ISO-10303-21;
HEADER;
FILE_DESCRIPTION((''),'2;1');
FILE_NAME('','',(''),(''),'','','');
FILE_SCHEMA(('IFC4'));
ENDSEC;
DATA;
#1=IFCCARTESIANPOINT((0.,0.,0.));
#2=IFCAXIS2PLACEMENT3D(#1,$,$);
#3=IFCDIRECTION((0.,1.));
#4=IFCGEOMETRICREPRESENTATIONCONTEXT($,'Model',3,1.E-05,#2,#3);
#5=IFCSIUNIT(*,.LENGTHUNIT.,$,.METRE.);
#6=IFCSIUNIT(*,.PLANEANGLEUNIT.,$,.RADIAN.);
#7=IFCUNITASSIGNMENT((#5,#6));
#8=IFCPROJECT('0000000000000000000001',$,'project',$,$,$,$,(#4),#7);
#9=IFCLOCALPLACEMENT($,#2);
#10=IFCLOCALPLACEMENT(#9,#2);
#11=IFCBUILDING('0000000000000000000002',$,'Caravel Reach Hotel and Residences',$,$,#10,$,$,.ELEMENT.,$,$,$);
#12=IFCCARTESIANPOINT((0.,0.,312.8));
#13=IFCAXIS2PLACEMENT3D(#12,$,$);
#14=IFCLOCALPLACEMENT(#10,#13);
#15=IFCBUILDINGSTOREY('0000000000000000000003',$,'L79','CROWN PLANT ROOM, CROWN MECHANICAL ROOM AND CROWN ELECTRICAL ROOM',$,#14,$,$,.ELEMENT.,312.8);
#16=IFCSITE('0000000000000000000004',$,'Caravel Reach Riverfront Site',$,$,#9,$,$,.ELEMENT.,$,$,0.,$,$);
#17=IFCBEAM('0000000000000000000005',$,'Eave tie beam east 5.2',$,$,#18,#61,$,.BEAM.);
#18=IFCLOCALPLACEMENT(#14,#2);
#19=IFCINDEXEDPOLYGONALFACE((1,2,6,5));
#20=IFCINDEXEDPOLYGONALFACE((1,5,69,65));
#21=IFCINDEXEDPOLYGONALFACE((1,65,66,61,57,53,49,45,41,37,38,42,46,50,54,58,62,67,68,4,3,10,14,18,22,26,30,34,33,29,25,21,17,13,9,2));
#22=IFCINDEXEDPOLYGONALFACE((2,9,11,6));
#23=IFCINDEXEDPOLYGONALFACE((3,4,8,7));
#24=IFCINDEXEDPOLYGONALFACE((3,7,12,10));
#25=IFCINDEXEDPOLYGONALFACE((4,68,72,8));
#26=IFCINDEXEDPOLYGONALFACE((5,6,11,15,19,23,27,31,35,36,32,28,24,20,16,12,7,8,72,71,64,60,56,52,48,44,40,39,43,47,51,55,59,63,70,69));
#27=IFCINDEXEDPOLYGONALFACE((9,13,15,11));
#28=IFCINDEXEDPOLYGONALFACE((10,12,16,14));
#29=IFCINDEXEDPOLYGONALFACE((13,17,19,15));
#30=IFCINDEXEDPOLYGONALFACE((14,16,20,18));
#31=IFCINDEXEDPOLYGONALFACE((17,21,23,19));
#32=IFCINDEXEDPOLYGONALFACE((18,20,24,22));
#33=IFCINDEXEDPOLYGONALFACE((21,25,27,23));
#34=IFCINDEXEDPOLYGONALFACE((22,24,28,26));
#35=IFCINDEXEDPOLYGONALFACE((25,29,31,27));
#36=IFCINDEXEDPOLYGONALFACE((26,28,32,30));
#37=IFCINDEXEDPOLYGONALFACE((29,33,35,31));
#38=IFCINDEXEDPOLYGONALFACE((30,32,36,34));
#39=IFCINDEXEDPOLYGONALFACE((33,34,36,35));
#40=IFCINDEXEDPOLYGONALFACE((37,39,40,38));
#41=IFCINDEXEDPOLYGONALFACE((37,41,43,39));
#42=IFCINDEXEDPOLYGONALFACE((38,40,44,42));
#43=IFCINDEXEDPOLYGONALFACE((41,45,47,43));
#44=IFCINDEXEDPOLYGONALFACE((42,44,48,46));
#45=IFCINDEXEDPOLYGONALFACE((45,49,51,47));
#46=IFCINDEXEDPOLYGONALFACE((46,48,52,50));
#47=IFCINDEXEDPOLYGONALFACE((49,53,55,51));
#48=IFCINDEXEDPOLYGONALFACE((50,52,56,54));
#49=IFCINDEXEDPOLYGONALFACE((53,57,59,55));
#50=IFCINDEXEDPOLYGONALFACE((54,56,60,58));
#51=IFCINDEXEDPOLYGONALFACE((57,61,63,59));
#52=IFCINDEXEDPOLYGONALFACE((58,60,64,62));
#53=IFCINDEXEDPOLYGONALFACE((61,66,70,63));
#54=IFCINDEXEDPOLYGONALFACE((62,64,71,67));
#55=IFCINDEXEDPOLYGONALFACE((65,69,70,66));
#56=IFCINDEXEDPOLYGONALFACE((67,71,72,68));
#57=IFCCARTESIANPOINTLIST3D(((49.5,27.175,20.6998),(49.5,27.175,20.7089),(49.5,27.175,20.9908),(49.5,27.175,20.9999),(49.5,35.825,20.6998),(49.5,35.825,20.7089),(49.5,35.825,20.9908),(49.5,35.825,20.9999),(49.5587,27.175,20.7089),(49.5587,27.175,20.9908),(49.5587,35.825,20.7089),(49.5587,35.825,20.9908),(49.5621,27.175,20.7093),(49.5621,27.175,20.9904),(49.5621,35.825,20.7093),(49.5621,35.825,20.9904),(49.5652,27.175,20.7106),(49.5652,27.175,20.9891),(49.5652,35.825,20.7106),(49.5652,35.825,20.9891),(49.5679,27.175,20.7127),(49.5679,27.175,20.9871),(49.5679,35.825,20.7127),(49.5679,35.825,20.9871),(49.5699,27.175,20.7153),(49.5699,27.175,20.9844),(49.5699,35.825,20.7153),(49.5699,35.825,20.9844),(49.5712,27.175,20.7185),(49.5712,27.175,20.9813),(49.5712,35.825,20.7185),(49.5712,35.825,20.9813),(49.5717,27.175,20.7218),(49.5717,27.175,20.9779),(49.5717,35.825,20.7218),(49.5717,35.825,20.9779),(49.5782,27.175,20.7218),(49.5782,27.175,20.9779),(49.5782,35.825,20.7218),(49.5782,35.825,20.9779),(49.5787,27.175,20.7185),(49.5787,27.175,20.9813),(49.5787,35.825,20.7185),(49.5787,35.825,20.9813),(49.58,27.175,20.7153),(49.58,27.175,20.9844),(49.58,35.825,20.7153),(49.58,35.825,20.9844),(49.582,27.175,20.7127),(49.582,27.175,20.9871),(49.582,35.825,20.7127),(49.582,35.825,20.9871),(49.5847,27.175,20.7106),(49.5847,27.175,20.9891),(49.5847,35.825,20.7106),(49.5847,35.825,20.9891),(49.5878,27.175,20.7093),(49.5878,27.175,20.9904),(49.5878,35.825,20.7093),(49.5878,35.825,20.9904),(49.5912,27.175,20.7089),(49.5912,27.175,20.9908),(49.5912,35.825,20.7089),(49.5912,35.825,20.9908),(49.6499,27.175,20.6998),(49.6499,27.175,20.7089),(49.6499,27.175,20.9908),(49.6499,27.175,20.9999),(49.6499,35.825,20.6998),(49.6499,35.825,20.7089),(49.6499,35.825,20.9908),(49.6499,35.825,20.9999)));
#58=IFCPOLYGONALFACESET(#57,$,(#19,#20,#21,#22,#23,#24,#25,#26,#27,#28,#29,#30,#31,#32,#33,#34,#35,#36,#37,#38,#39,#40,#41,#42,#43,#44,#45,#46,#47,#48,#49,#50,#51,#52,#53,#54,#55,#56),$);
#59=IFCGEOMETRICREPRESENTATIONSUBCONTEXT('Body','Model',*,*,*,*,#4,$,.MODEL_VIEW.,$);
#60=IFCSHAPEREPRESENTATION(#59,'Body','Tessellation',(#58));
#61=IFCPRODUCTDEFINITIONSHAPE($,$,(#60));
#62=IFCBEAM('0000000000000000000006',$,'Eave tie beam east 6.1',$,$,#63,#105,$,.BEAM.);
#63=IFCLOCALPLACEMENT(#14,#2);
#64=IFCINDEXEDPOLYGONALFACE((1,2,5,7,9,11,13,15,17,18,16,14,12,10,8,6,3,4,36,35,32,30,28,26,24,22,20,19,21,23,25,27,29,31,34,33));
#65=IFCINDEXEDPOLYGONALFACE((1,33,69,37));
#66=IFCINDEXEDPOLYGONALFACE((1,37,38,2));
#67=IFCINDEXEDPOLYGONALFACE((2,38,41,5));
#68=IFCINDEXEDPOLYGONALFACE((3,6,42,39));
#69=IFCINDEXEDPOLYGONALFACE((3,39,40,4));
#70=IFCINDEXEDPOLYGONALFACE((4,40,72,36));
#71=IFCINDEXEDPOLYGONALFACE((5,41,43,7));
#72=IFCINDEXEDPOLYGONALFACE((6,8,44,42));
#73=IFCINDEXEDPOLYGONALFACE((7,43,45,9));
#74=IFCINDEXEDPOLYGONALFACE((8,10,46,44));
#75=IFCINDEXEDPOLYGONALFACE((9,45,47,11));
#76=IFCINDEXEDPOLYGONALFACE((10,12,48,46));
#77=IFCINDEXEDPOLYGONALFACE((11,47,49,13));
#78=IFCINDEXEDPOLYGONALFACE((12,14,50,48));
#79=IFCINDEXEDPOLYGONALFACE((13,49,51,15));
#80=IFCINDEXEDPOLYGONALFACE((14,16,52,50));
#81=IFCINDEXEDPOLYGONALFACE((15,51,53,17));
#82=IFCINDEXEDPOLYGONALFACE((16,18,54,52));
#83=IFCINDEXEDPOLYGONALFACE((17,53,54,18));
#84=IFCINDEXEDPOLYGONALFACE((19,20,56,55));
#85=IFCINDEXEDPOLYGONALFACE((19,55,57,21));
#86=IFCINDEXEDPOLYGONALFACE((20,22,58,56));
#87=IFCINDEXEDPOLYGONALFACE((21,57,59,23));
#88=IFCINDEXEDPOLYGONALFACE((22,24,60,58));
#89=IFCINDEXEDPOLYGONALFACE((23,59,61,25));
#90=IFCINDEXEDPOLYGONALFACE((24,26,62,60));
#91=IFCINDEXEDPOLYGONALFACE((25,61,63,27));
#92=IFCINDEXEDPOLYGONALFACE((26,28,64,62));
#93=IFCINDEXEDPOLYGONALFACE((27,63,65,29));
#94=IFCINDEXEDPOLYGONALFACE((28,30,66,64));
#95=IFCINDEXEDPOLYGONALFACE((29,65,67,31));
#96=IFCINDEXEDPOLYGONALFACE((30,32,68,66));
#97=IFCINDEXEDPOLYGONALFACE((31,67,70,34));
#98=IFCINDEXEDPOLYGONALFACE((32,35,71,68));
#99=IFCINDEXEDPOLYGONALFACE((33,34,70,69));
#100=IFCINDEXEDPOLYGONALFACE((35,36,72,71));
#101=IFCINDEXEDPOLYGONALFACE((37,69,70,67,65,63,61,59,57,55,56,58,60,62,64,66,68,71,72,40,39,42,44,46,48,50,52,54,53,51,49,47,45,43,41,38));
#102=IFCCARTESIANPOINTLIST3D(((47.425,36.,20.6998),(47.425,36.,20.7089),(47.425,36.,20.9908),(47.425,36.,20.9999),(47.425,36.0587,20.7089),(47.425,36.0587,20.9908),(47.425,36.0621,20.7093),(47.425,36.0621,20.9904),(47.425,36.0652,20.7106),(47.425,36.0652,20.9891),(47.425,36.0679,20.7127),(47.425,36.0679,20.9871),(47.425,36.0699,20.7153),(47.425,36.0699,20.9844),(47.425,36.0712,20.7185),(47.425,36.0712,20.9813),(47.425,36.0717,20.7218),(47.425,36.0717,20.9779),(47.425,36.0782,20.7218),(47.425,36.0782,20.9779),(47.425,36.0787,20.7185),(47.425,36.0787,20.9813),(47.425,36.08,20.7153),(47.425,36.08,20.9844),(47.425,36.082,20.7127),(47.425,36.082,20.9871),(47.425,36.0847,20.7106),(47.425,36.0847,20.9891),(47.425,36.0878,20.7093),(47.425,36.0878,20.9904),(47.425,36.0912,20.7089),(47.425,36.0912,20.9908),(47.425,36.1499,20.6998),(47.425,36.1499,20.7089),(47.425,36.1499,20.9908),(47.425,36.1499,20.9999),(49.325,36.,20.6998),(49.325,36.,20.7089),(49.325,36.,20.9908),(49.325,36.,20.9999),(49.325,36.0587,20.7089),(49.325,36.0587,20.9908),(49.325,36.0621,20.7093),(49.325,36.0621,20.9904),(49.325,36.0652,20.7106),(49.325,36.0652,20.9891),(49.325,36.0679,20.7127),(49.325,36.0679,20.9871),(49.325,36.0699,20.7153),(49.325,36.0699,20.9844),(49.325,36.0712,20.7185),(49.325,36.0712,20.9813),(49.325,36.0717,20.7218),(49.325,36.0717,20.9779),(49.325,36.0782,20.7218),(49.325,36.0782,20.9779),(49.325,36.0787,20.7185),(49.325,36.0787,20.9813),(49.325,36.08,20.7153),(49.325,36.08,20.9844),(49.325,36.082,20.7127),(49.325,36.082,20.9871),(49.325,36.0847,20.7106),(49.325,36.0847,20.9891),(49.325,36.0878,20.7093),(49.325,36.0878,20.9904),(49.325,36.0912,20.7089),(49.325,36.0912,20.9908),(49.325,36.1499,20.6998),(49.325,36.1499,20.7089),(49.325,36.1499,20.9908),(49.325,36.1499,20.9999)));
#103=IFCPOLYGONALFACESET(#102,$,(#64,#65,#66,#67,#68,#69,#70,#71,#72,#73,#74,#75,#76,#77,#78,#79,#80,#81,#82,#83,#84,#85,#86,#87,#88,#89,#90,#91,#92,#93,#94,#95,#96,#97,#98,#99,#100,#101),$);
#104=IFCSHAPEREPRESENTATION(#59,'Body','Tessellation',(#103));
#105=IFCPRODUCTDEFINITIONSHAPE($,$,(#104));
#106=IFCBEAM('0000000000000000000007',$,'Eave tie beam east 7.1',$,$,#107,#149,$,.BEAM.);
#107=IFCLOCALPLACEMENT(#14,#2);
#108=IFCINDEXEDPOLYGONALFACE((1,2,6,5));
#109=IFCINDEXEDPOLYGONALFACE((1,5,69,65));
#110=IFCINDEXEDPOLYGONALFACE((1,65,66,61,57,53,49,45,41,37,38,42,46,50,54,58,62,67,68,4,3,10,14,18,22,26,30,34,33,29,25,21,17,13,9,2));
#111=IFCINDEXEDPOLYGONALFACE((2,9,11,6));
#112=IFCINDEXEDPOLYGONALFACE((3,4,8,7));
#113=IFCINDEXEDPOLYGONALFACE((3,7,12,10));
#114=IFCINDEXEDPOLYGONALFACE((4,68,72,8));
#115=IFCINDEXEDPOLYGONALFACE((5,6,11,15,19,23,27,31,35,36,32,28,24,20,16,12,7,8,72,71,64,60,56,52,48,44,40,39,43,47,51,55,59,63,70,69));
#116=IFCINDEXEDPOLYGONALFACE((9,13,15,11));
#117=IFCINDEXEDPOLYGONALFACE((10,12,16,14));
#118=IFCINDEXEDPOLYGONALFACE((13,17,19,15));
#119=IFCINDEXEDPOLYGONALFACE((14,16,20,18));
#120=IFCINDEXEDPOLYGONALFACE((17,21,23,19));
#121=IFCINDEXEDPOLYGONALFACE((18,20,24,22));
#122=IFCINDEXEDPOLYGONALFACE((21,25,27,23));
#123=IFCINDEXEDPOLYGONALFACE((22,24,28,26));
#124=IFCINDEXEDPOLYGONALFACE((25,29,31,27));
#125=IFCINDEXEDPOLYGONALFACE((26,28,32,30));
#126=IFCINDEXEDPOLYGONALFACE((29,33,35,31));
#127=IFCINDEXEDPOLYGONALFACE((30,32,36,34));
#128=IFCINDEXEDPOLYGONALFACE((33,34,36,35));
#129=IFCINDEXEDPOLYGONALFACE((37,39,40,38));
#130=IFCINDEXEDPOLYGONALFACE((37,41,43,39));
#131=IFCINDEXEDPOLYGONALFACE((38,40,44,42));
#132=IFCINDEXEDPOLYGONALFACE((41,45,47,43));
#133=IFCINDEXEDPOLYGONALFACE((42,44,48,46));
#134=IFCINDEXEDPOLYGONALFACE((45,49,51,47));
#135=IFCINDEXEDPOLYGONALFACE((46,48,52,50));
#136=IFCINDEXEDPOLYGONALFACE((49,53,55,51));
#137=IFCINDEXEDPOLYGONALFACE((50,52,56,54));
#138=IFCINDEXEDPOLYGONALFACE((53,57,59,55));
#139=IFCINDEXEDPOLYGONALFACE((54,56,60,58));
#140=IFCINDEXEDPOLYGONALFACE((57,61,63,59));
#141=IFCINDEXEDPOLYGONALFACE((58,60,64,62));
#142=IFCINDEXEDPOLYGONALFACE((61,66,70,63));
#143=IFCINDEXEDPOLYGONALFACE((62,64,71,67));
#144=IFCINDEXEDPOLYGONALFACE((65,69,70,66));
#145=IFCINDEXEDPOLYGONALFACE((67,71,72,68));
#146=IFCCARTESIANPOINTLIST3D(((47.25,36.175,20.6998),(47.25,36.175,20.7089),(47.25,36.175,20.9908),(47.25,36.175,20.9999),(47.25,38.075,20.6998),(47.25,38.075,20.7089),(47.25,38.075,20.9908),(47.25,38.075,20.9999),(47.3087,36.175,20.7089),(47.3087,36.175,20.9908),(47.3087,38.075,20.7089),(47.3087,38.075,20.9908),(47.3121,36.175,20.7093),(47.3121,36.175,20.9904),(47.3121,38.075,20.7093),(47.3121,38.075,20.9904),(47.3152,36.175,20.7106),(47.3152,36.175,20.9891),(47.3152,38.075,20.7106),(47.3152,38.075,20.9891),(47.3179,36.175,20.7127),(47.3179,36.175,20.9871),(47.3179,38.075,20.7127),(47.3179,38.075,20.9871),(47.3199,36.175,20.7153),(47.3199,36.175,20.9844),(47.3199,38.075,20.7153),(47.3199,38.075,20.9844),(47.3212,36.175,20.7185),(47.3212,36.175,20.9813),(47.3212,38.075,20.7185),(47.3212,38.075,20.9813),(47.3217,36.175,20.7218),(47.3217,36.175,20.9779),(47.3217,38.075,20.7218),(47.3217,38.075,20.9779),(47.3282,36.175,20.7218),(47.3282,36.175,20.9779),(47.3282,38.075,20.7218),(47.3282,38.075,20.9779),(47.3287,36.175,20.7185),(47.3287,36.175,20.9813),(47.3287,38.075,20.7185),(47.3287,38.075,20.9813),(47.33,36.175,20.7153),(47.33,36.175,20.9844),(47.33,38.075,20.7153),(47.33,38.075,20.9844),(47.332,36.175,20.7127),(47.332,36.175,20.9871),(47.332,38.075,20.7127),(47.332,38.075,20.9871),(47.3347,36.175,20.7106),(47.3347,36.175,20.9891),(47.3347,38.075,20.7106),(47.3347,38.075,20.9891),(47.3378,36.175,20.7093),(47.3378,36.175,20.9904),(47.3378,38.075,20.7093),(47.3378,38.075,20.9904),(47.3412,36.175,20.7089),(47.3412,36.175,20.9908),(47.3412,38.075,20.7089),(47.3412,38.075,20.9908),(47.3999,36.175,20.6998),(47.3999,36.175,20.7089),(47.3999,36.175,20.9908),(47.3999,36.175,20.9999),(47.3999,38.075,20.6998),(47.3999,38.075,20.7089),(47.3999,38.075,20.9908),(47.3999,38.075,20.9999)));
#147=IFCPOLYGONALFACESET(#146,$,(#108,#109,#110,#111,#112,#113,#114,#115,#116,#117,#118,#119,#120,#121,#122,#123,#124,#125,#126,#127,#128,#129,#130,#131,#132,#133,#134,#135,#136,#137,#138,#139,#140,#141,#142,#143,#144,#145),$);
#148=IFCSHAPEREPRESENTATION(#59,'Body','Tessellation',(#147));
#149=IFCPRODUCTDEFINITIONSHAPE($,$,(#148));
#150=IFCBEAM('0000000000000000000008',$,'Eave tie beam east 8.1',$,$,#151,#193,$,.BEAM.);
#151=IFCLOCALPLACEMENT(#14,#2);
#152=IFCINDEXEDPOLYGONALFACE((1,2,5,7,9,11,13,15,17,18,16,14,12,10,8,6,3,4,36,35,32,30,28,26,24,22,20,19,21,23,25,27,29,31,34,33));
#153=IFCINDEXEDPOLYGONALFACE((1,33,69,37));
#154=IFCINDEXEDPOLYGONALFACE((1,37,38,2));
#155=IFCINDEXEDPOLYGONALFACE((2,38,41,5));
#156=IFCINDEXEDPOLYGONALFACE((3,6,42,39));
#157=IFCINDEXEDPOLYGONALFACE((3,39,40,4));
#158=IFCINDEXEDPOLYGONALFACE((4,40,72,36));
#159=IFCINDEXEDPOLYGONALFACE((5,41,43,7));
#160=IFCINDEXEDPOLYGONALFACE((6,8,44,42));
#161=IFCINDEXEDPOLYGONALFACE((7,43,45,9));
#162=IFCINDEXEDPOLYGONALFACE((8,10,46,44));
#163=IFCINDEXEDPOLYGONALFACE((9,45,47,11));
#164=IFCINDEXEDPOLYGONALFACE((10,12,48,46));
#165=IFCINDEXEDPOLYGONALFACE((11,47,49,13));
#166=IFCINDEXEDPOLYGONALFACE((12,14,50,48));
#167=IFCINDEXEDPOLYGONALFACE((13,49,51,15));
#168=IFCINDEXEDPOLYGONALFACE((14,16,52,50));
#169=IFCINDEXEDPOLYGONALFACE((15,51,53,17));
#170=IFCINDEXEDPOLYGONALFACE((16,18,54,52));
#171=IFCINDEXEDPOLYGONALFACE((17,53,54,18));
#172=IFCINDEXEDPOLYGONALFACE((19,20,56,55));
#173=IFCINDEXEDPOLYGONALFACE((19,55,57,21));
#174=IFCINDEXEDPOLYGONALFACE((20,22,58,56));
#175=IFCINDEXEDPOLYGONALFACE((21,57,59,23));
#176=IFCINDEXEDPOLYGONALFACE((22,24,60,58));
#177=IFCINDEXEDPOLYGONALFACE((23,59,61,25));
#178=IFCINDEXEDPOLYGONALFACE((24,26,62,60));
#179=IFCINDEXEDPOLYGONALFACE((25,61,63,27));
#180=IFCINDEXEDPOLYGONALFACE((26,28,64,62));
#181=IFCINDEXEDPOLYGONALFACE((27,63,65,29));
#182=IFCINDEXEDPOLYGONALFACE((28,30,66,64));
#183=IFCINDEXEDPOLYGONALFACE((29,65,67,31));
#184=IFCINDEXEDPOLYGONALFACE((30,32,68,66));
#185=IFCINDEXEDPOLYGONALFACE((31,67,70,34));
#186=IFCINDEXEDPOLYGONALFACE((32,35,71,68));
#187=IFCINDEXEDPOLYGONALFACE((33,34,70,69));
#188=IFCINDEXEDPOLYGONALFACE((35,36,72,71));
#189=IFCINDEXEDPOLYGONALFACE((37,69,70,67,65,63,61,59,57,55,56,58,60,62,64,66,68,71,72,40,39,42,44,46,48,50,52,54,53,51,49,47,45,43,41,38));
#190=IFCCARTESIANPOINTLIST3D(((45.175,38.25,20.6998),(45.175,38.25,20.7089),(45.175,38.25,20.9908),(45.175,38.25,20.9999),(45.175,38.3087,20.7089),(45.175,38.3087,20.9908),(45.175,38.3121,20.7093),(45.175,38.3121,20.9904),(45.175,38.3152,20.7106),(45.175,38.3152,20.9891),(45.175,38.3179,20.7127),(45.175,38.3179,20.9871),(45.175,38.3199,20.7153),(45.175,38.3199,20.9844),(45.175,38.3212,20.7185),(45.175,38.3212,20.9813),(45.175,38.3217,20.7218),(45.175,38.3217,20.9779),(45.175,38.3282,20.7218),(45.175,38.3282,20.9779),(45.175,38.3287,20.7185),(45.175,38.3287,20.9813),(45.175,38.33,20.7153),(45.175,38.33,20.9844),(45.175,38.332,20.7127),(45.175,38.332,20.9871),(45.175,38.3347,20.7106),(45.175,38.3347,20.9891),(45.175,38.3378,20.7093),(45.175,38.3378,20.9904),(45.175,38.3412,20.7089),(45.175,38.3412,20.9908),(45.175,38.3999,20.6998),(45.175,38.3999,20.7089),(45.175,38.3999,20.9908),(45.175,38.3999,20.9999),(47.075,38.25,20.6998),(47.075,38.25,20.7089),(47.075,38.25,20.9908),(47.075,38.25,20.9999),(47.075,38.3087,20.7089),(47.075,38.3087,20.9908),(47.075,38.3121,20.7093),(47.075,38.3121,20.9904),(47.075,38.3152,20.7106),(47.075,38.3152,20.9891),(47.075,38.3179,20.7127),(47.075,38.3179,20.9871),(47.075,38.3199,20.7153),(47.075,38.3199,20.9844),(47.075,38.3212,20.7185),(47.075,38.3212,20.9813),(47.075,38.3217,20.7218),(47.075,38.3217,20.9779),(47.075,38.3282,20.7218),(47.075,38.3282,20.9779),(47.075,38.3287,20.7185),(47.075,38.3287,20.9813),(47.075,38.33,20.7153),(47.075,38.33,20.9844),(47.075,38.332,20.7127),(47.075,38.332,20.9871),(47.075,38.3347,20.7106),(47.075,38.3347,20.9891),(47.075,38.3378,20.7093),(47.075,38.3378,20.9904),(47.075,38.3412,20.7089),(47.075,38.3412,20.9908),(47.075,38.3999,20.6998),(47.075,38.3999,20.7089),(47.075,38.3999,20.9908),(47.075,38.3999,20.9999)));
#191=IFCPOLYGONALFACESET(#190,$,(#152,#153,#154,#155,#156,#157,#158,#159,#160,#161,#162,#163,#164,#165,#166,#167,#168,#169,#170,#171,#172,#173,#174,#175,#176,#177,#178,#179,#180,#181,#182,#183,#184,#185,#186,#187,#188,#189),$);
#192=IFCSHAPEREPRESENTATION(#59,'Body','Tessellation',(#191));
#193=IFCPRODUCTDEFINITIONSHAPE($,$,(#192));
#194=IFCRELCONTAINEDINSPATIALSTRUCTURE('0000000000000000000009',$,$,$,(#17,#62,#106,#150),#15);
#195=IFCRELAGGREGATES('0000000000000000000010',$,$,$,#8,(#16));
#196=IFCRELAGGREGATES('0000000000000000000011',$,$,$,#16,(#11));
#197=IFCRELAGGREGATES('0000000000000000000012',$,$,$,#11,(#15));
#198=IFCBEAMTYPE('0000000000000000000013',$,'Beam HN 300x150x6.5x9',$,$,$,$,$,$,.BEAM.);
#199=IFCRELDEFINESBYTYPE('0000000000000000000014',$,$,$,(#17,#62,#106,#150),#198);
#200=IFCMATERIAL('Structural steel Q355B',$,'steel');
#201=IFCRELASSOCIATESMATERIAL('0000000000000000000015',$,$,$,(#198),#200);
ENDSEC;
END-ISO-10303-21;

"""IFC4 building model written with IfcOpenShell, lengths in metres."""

from ifc_helpers import new_model, si_unit, direction, frame, origin, origin_2d, place, context, subcontext, project, spatial, i_section, extrude, material, material_profile, profile_set, type_object, element, save


model = new_model("IFC4")

# Units and contexts
model_context = context("Model", 3, precision=1e-05, world=origin(), true_north=direction((0.0, 1.0)))
body_context = subcontext(model_context, "Body", "Model", "MODEL_VIEW")
ifc_project = project(units=[si_unit("LENGTHUNIT", "METRE"), si_unit("PLANEANGLEUNIT", "RADIAN")], contexts=[model_context])

# Site, building, storey
site_placement = place(None, origin())
site = spatial("IfcSite", under=ifc_project, at=site_placement, Name="Caravel Reach Riverfront Site", CompositionType="ELEMENT", RefElevation=0.0)
building_placement = place(site_placement, origin())
building = spatial("IfcBuilding", under=site, at=building_placement, Name="Caravel Reach Hotel and Residences", CompositionType="ELEMENT")
storey_placement = place(building_placement, frame((0.0, 0.0, 312.8)))
storey = spatial("IfcBuildingStorey", under=building, at=storey_placement, Name="L79", Description="CROWN PLANT ROOM, CROWN MECHANICAL ROOM AND CROWN ELECTRICAL ROOM", CompositionType="ELEMENT", Elevation=312.8)

# Beams
ifc_material_1 = material(Name="Structural steel Q355B", Category="steel")
ifc_material_profile_1 = material_profile(ifc_material_1, i_section(OverallWidth=0.1499, OverallDepth=0.3, WebThickness=0.0066, FlangeThickness=0.009, FilletRadius=0.0129, at=origin_2d()), Name="HN 300x150x6.5x9")
ifc_profile_set_1 = profile_set([ifc_material_profile_1], Name="Structural steel Q355B")
beam_type = type_object("IfcBeamType", Name="Beam HN 300x150x6.5x9", PredefinedType="BEAM", material=ifc_profile_set_1)
beam_placement = place(storey_placement, frame((49.575, 27.175, 20.8499), z_axis=(0.0, 1.0, 0.0), x_axis=(-1.0, 0.0, 0.0)))
element("IfcBeam", 1, at=beam_placement, inside=storey, type_object=beam_type, Name="Eave tie beam east 5.2", PredefinedType="BEAM", context=body_context, shape_type="SweptSolid", body=[
    extrude(i_section(OverallWidth=0.1499, OverallDepth=0.3, WebThickness=0.0066, FlangeThickness=0.009, FilletRadius=0.0129, at=origin_2d()), origin(), (0.0, 0.0, 1.0), 8.6499),
])
for number, where, z_axis, x_axis, name in (
    (2, (49.325, 36.075, 20.8499), (-1.0, 0.0, 0.0), (0.0, -1.0, 0.0), "Eave tie beam east 6.1"),
    (3, (47.325, 36.175, 20.8499), (0.0, 1.0, 0.0), (-1.0, 0.0, 0.0), "Eave tie beam east 7.1"),
    (4, (47.075, 38.325, 20.8499), (-1.0, 0.0, 0.0), (0.0, -1.0, 0.0), "Eave tie beam east 8.1"),
):
    element("IfcBeam", number, at=place(storey_placement, frame(where, z_axis=z_axis, x_axis=x_axis)), inside=storey, type_object=beam_type, Name=name, PredefinedType="BEAM", context=body_context, shape_type="SweptSolid", body=[
        extrude(i_section(OverallWidth=0.1499, OverallDepth=0.3, WebThickness=0.0066, FlangeThickness=0.009, FilletRadius=0.0129, at=origin_2d()), origin(), (0.0, 0.0, 1.0), 1.8999),
    ])

save(model, "model.ifc")
